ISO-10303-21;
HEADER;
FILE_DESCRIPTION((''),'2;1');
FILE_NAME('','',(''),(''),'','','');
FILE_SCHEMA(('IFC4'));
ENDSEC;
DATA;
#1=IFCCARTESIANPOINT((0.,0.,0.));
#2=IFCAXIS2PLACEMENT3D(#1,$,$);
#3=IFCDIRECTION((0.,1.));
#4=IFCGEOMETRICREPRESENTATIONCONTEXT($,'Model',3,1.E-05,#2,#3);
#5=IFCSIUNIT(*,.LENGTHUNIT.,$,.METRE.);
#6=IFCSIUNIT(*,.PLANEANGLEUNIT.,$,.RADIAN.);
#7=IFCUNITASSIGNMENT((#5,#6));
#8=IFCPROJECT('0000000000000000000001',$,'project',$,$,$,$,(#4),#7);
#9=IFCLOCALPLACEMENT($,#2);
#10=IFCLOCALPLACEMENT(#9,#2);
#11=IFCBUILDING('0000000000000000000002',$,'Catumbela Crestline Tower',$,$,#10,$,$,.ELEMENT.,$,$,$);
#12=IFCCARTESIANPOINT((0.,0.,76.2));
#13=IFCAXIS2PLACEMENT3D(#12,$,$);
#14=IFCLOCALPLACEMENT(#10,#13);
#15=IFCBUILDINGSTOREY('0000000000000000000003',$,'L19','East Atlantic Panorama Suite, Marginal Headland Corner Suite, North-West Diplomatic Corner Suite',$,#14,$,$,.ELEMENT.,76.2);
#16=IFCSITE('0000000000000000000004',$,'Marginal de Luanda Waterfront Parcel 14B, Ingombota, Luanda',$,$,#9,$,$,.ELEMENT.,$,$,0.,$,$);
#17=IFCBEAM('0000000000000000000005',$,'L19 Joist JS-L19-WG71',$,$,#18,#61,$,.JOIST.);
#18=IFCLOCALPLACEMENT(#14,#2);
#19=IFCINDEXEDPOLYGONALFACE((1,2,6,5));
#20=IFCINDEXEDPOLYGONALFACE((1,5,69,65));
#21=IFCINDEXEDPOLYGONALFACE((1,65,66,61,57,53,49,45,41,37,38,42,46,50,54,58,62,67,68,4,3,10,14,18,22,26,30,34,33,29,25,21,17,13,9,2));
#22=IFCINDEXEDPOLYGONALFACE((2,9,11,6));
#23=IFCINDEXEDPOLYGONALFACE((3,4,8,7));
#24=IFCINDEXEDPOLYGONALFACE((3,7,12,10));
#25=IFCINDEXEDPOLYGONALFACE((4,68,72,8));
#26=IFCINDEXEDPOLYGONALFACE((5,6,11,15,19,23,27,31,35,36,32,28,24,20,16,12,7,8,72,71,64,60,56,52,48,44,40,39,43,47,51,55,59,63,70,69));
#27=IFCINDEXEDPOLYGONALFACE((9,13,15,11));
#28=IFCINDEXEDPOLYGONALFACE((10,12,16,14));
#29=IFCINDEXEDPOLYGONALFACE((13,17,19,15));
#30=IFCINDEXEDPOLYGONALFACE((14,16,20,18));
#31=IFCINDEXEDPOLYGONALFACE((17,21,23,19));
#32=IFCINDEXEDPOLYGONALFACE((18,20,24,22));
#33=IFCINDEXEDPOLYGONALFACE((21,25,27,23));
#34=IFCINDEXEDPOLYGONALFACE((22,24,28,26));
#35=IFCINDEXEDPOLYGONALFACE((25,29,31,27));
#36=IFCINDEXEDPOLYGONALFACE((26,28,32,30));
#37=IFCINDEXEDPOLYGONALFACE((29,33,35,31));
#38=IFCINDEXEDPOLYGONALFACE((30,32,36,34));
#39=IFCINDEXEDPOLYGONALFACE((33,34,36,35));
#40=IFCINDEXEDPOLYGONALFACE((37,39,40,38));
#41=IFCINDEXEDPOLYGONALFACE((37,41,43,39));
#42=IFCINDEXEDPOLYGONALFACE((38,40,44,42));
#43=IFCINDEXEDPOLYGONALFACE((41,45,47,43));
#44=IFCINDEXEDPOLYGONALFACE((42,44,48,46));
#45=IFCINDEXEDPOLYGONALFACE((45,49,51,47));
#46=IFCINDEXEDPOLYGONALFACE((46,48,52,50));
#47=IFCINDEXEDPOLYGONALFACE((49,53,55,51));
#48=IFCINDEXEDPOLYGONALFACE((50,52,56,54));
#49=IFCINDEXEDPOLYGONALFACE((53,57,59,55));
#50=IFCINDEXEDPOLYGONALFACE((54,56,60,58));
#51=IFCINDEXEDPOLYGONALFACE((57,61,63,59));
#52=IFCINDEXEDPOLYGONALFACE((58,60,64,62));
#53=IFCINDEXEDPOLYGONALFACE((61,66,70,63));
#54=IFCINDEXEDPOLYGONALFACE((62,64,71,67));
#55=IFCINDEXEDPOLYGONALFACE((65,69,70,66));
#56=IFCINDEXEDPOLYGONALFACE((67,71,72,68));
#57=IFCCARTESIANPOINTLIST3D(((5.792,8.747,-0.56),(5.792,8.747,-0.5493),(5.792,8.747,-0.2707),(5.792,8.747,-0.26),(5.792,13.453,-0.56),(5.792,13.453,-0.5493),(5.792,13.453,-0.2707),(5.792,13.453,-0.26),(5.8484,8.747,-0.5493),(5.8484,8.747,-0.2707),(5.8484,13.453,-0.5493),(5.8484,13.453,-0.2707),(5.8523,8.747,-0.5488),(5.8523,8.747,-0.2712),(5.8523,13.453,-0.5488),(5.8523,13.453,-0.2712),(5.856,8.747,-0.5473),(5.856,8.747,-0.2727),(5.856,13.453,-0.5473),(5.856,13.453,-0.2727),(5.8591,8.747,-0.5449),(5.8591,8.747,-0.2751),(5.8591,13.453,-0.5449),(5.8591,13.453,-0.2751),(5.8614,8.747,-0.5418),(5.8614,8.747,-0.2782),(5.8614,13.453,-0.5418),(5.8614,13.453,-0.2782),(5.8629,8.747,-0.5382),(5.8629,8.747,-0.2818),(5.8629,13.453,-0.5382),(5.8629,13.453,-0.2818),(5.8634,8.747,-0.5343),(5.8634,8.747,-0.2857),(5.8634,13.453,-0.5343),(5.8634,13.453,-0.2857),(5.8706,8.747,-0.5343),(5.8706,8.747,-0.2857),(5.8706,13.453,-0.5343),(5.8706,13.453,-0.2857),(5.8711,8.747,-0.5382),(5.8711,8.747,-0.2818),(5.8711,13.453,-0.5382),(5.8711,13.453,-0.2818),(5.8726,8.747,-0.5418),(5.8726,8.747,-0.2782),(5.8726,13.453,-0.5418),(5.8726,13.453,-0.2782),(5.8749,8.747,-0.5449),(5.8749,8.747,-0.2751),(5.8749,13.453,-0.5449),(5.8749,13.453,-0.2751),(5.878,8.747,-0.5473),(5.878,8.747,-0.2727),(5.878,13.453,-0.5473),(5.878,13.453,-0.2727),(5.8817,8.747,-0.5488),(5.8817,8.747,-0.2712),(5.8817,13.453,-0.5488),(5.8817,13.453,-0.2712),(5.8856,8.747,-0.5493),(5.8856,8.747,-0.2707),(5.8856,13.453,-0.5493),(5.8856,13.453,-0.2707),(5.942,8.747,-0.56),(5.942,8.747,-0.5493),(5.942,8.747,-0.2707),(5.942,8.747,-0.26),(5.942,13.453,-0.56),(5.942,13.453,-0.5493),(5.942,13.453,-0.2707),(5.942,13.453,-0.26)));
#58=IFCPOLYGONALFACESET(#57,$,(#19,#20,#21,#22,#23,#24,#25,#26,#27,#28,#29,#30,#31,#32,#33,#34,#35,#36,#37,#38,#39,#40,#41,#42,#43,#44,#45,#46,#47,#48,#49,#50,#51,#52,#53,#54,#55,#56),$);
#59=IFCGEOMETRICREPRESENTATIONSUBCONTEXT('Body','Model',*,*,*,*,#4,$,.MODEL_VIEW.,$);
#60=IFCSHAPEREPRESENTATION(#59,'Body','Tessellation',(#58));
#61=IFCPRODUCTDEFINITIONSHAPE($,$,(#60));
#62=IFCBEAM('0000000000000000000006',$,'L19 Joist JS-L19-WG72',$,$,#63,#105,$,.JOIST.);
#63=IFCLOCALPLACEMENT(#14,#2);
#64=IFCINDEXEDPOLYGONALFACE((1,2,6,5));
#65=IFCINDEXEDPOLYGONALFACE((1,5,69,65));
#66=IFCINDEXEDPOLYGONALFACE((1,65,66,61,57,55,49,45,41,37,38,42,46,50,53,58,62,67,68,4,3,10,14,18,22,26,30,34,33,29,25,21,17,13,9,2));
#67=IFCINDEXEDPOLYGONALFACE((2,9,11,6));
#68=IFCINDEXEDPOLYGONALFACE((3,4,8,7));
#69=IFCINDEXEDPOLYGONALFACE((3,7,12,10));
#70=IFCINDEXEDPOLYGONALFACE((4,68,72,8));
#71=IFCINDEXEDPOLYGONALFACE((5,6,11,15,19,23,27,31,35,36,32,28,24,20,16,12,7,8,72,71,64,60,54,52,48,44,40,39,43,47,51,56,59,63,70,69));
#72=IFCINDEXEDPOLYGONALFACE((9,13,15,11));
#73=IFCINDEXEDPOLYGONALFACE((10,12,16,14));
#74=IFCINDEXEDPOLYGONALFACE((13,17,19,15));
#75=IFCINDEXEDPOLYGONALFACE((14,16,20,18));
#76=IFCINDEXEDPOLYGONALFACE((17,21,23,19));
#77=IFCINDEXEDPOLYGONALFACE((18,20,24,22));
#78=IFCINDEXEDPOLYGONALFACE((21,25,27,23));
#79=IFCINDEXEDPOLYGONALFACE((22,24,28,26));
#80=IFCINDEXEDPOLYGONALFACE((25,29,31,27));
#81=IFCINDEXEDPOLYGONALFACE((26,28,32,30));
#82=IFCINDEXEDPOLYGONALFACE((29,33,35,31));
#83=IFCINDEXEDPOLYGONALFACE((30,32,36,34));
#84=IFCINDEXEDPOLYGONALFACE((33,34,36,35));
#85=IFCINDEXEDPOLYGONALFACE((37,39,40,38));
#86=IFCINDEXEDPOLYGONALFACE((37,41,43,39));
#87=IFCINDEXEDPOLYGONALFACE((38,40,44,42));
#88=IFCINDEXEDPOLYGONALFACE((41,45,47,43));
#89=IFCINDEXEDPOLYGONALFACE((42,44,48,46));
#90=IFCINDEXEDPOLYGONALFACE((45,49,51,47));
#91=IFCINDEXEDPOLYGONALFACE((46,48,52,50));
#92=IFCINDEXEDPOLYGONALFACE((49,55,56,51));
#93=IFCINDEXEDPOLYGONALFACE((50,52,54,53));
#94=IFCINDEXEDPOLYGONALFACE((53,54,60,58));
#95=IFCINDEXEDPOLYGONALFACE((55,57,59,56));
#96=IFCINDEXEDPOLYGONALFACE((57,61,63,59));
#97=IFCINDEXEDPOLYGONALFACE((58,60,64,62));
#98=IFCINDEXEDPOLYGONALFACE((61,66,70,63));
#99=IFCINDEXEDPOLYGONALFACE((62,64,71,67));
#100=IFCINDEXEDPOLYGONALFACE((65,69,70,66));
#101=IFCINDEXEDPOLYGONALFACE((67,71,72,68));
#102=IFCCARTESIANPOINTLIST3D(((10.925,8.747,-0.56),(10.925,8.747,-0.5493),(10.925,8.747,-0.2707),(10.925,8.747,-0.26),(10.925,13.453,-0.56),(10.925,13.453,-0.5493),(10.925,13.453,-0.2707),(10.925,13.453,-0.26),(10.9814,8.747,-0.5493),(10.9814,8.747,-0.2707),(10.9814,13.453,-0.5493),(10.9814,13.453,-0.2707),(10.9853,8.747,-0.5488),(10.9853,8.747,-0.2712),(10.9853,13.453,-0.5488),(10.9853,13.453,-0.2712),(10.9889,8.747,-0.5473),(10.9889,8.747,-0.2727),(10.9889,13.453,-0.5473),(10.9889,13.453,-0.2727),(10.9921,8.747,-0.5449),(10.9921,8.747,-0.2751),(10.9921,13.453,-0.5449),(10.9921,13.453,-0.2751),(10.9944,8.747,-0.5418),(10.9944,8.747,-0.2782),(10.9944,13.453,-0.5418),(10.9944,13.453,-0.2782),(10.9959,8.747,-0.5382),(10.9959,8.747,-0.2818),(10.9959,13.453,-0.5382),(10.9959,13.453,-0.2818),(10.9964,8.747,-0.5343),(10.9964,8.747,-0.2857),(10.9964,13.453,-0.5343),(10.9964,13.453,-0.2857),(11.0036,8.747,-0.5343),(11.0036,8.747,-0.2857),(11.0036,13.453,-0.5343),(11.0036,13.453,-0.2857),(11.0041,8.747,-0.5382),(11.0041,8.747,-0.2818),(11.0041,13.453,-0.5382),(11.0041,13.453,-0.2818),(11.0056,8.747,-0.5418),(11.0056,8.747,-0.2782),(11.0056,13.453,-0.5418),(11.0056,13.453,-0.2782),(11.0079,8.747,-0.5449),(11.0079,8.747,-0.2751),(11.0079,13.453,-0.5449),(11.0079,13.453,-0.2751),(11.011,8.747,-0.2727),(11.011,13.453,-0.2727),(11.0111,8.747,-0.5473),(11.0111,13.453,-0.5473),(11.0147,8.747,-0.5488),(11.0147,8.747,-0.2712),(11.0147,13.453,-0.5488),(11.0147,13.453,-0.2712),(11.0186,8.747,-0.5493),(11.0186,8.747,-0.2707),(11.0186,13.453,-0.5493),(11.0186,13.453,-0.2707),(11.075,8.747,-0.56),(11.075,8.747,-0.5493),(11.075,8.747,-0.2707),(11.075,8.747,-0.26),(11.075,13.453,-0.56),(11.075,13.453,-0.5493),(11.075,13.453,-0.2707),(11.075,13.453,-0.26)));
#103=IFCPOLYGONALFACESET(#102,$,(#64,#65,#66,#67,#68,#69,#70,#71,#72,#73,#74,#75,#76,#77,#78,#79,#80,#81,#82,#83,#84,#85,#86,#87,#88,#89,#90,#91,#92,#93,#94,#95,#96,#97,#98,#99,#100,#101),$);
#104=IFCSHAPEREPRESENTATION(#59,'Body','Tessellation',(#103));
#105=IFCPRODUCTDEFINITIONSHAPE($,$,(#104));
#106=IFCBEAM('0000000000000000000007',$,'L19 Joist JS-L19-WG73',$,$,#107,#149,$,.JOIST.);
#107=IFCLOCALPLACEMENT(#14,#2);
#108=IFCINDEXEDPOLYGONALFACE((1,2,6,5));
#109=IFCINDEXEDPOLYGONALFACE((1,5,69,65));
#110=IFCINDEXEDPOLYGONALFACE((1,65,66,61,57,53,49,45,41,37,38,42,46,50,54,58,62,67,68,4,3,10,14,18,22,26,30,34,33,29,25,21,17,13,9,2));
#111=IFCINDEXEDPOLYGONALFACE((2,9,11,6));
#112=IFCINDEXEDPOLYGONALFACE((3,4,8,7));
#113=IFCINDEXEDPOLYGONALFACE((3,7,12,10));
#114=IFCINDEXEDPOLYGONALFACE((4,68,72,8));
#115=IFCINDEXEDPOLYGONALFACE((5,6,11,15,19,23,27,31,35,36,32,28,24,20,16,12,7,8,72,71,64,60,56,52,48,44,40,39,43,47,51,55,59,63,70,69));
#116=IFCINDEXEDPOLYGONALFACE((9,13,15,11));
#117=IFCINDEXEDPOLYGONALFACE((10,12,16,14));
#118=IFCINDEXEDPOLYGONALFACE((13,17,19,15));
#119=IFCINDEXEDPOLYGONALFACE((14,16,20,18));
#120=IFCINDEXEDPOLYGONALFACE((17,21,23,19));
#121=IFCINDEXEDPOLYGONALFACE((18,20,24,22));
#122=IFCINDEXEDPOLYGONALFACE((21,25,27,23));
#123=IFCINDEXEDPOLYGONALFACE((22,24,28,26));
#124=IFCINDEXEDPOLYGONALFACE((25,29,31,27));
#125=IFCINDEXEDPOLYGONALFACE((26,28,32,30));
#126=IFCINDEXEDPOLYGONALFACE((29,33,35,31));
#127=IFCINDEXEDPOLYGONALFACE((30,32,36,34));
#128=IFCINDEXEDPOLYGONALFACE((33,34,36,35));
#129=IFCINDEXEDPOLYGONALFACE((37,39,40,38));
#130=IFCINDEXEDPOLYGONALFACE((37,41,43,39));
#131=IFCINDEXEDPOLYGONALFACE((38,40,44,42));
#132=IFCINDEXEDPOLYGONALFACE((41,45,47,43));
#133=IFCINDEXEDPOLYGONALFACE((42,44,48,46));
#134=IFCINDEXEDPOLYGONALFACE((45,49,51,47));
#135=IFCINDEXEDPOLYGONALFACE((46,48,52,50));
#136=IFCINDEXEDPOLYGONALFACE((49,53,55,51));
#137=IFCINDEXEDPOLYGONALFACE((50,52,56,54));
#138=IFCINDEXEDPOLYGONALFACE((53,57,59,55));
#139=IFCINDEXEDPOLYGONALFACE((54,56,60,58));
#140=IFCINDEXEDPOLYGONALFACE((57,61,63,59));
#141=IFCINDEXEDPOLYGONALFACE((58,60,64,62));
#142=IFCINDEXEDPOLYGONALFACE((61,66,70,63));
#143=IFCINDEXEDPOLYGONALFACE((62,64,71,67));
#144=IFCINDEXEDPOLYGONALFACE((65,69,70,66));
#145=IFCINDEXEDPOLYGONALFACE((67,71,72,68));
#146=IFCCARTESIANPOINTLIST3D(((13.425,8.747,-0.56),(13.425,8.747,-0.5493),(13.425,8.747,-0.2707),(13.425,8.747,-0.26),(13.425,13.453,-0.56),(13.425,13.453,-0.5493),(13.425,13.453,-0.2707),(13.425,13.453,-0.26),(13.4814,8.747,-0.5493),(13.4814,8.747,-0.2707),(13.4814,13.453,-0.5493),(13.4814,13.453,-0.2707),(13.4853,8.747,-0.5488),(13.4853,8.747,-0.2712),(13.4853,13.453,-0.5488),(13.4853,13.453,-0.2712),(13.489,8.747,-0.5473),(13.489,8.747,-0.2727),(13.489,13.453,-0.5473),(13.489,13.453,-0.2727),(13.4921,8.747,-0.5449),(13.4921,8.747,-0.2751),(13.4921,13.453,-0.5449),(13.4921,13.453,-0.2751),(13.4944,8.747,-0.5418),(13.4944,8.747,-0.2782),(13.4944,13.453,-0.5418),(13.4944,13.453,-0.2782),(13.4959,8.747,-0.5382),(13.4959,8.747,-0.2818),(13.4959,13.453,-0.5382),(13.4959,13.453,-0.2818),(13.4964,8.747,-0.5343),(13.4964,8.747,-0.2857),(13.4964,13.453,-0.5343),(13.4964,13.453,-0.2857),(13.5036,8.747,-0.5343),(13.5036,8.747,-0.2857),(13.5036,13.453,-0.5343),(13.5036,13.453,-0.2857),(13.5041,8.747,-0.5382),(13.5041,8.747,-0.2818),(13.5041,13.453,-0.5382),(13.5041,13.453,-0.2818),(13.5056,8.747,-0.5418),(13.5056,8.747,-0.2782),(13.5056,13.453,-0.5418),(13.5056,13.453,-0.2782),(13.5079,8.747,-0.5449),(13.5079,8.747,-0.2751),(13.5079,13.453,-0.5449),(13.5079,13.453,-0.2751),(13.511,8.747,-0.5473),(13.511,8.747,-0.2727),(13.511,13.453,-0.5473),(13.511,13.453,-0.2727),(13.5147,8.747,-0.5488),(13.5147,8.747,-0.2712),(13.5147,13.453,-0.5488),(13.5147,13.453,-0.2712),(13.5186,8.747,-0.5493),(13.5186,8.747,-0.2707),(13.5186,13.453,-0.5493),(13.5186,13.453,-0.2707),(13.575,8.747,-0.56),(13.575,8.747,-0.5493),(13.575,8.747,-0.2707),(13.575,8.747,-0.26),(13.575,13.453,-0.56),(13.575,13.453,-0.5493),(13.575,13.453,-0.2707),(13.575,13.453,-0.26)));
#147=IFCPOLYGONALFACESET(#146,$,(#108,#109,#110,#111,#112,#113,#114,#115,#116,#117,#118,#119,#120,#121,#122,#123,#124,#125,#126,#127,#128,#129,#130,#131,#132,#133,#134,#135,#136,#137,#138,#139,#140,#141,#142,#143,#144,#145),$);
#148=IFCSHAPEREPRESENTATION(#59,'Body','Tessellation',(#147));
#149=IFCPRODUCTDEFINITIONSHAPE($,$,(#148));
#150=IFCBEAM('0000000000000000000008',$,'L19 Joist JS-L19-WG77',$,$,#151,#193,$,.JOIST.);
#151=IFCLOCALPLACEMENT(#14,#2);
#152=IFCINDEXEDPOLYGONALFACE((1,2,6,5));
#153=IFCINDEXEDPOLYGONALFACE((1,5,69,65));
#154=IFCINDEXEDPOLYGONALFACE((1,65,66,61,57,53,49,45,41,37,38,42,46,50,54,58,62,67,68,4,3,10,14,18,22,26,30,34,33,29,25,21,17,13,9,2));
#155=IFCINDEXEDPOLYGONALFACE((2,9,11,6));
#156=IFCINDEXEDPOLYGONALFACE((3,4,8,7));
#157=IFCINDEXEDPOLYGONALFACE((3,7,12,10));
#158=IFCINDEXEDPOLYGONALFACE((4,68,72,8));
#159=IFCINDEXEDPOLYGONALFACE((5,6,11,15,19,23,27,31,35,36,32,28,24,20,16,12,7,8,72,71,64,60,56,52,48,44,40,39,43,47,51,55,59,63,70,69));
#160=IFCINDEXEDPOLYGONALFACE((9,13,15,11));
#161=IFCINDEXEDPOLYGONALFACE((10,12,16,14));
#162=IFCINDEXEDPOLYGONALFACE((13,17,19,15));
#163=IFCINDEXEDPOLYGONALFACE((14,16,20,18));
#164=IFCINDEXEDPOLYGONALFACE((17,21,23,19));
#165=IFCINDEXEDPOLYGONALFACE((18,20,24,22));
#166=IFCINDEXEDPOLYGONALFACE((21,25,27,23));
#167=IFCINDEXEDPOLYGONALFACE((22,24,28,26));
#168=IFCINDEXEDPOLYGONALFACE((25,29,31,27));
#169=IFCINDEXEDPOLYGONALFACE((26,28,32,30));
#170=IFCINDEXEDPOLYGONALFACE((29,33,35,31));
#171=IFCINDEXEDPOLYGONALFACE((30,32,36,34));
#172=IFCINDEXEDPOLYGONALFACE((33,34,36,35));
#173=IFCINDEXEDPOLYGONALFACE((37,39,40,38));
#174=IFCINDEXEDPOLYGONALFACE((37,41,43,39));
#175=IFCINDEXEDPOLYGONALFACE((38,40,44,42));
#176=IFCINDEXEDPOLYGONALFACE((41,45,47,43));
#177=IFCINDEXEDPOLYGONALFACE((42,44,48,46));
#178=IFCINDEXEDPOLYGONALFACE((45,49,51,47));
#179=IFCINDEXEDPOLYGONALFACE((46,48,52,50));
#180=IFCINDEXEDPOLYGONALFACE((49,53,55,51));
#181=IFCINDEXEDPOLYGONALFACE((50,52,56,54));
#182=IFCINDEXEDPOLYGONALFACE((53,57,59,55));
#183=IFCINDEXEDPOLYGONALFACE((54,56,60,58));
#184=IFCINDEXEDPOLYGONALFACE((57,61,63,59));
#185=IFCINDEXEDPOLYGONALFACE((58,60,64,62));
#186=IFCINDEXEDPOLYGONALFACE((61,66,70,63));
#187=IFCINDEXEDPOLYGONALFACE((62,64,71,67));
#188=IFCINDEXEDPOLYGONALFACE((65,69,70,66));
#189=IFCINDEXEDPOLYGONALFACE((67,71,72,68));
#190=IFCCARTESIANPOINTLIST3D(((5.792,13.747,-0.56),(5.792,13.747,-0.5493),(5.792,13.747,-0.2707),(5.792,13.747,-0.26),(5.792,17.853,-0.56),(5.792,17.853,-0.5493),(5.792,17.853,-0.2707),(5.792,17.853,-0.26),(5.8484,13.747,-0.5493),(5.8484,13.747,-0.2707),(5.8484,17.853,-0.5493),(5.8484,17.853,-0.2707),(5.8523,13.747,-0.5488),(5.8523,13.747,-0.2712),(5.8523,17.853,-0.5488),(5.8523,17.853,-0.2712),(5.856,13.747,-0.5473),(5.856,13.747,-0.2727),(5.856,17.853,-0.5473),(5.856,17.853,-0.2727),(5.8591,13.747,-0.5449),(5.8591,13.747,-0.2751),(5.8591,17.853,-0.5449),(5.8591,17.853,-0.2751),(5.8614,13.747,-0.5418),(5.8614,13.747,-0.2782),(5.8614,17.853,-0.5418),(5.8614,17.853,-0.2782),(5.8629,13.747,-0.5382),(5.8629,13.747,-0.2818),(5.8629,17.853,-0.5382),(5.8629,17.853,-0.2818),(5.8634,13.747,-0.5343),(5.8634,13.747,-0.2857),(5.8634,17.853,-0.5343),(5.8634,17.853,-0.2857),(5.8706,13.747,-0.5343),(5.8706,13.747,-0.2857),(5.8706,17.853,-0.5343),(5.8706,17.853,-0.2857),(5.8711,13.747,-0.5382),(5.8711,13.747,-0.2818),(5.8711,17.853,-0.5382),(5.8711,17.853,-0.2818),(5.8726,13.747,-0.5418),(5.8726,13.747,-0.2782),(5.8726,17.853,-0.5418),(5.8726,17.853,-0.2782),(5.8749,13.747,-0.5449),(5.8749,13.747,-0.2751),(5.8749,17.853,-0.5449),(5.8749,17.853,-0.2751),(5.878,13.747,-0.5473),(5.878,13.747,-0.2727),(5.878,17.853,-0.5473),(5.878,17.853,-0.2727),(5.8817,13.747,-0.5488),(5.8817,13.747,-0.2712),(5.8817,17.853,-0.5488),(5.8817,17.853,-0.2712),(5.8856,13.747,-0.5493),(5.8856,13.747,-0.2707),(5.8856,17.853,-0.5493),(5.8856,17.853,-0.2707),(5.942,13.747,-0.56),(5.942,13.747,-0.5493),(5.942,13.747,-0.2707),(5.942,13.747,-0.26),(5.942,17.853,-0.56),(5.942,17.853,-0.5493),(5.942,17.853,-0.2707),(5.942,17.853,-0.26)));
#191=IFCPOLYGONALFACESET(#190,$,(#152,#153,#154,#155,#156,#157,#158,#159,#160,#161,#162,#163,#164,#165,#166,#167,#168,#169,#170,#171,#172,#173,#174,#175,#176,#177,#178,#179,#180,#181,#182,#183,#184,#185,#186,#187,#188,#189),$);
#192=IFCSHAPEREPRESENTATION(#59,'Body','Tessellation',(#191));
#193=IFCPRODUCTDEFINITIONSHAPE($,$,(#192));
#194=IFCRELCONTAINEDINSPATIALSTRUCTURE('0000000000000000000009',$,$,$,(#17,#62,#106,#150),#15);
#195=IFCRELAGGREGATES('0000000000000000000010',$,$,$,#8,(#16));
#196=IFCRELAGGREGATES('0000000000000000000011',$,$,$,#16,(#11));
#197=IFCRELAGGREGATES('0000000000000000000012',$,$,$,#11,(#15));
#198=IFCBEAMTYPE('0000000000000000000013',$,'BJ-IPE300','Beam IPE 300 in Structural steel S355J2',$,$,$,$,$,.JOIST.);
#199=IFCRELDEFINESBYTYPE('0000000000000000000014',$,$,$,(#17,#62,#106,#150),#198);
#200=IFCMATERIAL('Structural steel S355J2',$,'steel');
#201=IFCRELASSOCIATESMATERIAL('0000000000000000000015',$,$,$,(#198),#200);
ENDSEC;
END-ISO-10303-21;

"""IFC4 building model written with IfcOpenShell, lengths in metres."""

from ifc_helpers import new_model, si_unit, direction, frame, origin, origin_2d, place, context, subcontext, project, spatial, i_section, extrude, material, material_profile, profile_set, type_object, element, save


model = new_model("IFC4")

# Units and contexts
model_context = context("Model", 3, precision=1e-05, world=origin(), true_north=direction((0.0, 1.0)))
body_context = subcontext(model_context, "Body", "Model", "MODEL_VIEW")
ifc_project = project(units=[si_unit("LENGTHUNIT", "METRE"), si_unit("PLANEANGLEUNIT", "RADIAN")], contexts=[model_context])

# Site, building, storey
site_placement = place(None, origin())
site = spatial("IfcSite", under=ifc_project, at=site_placement, Name="Marginal de Luanda Waterfront Parcel 14B, Ingombota, Luanda", CompositionType="ELEMENT", RefElevation=0.0)
building_placement = place(site_placement, origin())
building = spatial("IfcBuilding", under=site, at=building_placement, Name="Catumbela Crestline Tower", CompositionType="ELEMENT")
storey_placement = place(building_placement, frame((0.0, 0.0, 76.2)))
storey = spatial("IfcBuildingStorey", under=building, at=storey_placement, Name="L19", Description="East Atlantic Panorama Suite, Marginal Headland Corner Suite, North-West Diplomatic Corner Suite", CompositionType="ELEMENT", Elevation=76.2)

# Beams
ifc_material_1 = material(Name="Structural steel S355J2", Category="steel")
ifc_material_profile_1 = material_profile(ifc_material_1, i_section(OverallWidth=0.15, OverallDepth=0.3, WebThickness=0.0071, FlangeThickness=0.0107, FilletRadius=0.015, at=origin_2d()), Name="IPE 300")
ifc_profile_set_1 = profile_set([ifc_material_profile_1], Name="Structural steel S355J2")
beam_type_1 = type_object("IfcBeamType", Name="BJ-IPE300", Description="Beam IPE 300 in Structural steel S355J2", PredefinedType="JOIST", material=ifc_profile_set_1)
for number, where, z_axis, x_axis, name in (
    (1, (5.867, 8.747, -0.41), (0.0, 1.0, 0.0), (-1.0, 0.0, 0.0), "L19 Joist JS-L19-WG71"),
    (2, (11.0, 8.747, -0.41), (0.0, 1.0, 0.0), (-1.0, 0.0, 0.0), "L19 Joist JS-L19-WG72"),
    (3, (13.5, 8.747, -0.41), (0.0, 1.0, 0.0), (-1.0, 0.0, 0.0), "L19 Joist JS-L19-WG73"),
):
    element("IfcBeam", number, at=place(storey_placement, frame(where, z_axis=z_axis, x_axis=x_axis)), inside=storey, type_object=beam_type_1, Name=name, PredefinedType="JOIST", context=body_context, shape_type="SweptSolid", body=[
        extrude(i_section(OverallWidth=0.15, OverallDepth=0.3, WebThickness=0.0071, FlangeThickness=0.0107, FilletRadius=0.015, at=origin_2d()), origin(), (0.0, 0.0, 1.0), 4.706),
    ])
for number, where, z_axis, x_axis, name in (
    (4, (5.867, 13.747, -0.41), (0.0, 1.0, 0.0), (-1.0, 0.0, 0.0), "L19 Joist JS-L19-WG77"),
):
    element("IfcBeam", number, at=place(storey_placement, frame(where, z_axis=z_axis, x_axis=x_axis)), inside=storey, type_object=beam_type_1, Name=name, PredefinedType="JOIST", context=body_context, shape_type="SweptSolid", body=[
        extrude(i_section(OverallWidth=0.15, OverallDepth=0.3, WebThickness=0.0071, FlangeThickness=0.0107, FilletRadius=0.015, at=origin_2d()), origin(), (0.0, 0.0, 1.0), 4.106),
    ])

save(model, "model.ifc")
